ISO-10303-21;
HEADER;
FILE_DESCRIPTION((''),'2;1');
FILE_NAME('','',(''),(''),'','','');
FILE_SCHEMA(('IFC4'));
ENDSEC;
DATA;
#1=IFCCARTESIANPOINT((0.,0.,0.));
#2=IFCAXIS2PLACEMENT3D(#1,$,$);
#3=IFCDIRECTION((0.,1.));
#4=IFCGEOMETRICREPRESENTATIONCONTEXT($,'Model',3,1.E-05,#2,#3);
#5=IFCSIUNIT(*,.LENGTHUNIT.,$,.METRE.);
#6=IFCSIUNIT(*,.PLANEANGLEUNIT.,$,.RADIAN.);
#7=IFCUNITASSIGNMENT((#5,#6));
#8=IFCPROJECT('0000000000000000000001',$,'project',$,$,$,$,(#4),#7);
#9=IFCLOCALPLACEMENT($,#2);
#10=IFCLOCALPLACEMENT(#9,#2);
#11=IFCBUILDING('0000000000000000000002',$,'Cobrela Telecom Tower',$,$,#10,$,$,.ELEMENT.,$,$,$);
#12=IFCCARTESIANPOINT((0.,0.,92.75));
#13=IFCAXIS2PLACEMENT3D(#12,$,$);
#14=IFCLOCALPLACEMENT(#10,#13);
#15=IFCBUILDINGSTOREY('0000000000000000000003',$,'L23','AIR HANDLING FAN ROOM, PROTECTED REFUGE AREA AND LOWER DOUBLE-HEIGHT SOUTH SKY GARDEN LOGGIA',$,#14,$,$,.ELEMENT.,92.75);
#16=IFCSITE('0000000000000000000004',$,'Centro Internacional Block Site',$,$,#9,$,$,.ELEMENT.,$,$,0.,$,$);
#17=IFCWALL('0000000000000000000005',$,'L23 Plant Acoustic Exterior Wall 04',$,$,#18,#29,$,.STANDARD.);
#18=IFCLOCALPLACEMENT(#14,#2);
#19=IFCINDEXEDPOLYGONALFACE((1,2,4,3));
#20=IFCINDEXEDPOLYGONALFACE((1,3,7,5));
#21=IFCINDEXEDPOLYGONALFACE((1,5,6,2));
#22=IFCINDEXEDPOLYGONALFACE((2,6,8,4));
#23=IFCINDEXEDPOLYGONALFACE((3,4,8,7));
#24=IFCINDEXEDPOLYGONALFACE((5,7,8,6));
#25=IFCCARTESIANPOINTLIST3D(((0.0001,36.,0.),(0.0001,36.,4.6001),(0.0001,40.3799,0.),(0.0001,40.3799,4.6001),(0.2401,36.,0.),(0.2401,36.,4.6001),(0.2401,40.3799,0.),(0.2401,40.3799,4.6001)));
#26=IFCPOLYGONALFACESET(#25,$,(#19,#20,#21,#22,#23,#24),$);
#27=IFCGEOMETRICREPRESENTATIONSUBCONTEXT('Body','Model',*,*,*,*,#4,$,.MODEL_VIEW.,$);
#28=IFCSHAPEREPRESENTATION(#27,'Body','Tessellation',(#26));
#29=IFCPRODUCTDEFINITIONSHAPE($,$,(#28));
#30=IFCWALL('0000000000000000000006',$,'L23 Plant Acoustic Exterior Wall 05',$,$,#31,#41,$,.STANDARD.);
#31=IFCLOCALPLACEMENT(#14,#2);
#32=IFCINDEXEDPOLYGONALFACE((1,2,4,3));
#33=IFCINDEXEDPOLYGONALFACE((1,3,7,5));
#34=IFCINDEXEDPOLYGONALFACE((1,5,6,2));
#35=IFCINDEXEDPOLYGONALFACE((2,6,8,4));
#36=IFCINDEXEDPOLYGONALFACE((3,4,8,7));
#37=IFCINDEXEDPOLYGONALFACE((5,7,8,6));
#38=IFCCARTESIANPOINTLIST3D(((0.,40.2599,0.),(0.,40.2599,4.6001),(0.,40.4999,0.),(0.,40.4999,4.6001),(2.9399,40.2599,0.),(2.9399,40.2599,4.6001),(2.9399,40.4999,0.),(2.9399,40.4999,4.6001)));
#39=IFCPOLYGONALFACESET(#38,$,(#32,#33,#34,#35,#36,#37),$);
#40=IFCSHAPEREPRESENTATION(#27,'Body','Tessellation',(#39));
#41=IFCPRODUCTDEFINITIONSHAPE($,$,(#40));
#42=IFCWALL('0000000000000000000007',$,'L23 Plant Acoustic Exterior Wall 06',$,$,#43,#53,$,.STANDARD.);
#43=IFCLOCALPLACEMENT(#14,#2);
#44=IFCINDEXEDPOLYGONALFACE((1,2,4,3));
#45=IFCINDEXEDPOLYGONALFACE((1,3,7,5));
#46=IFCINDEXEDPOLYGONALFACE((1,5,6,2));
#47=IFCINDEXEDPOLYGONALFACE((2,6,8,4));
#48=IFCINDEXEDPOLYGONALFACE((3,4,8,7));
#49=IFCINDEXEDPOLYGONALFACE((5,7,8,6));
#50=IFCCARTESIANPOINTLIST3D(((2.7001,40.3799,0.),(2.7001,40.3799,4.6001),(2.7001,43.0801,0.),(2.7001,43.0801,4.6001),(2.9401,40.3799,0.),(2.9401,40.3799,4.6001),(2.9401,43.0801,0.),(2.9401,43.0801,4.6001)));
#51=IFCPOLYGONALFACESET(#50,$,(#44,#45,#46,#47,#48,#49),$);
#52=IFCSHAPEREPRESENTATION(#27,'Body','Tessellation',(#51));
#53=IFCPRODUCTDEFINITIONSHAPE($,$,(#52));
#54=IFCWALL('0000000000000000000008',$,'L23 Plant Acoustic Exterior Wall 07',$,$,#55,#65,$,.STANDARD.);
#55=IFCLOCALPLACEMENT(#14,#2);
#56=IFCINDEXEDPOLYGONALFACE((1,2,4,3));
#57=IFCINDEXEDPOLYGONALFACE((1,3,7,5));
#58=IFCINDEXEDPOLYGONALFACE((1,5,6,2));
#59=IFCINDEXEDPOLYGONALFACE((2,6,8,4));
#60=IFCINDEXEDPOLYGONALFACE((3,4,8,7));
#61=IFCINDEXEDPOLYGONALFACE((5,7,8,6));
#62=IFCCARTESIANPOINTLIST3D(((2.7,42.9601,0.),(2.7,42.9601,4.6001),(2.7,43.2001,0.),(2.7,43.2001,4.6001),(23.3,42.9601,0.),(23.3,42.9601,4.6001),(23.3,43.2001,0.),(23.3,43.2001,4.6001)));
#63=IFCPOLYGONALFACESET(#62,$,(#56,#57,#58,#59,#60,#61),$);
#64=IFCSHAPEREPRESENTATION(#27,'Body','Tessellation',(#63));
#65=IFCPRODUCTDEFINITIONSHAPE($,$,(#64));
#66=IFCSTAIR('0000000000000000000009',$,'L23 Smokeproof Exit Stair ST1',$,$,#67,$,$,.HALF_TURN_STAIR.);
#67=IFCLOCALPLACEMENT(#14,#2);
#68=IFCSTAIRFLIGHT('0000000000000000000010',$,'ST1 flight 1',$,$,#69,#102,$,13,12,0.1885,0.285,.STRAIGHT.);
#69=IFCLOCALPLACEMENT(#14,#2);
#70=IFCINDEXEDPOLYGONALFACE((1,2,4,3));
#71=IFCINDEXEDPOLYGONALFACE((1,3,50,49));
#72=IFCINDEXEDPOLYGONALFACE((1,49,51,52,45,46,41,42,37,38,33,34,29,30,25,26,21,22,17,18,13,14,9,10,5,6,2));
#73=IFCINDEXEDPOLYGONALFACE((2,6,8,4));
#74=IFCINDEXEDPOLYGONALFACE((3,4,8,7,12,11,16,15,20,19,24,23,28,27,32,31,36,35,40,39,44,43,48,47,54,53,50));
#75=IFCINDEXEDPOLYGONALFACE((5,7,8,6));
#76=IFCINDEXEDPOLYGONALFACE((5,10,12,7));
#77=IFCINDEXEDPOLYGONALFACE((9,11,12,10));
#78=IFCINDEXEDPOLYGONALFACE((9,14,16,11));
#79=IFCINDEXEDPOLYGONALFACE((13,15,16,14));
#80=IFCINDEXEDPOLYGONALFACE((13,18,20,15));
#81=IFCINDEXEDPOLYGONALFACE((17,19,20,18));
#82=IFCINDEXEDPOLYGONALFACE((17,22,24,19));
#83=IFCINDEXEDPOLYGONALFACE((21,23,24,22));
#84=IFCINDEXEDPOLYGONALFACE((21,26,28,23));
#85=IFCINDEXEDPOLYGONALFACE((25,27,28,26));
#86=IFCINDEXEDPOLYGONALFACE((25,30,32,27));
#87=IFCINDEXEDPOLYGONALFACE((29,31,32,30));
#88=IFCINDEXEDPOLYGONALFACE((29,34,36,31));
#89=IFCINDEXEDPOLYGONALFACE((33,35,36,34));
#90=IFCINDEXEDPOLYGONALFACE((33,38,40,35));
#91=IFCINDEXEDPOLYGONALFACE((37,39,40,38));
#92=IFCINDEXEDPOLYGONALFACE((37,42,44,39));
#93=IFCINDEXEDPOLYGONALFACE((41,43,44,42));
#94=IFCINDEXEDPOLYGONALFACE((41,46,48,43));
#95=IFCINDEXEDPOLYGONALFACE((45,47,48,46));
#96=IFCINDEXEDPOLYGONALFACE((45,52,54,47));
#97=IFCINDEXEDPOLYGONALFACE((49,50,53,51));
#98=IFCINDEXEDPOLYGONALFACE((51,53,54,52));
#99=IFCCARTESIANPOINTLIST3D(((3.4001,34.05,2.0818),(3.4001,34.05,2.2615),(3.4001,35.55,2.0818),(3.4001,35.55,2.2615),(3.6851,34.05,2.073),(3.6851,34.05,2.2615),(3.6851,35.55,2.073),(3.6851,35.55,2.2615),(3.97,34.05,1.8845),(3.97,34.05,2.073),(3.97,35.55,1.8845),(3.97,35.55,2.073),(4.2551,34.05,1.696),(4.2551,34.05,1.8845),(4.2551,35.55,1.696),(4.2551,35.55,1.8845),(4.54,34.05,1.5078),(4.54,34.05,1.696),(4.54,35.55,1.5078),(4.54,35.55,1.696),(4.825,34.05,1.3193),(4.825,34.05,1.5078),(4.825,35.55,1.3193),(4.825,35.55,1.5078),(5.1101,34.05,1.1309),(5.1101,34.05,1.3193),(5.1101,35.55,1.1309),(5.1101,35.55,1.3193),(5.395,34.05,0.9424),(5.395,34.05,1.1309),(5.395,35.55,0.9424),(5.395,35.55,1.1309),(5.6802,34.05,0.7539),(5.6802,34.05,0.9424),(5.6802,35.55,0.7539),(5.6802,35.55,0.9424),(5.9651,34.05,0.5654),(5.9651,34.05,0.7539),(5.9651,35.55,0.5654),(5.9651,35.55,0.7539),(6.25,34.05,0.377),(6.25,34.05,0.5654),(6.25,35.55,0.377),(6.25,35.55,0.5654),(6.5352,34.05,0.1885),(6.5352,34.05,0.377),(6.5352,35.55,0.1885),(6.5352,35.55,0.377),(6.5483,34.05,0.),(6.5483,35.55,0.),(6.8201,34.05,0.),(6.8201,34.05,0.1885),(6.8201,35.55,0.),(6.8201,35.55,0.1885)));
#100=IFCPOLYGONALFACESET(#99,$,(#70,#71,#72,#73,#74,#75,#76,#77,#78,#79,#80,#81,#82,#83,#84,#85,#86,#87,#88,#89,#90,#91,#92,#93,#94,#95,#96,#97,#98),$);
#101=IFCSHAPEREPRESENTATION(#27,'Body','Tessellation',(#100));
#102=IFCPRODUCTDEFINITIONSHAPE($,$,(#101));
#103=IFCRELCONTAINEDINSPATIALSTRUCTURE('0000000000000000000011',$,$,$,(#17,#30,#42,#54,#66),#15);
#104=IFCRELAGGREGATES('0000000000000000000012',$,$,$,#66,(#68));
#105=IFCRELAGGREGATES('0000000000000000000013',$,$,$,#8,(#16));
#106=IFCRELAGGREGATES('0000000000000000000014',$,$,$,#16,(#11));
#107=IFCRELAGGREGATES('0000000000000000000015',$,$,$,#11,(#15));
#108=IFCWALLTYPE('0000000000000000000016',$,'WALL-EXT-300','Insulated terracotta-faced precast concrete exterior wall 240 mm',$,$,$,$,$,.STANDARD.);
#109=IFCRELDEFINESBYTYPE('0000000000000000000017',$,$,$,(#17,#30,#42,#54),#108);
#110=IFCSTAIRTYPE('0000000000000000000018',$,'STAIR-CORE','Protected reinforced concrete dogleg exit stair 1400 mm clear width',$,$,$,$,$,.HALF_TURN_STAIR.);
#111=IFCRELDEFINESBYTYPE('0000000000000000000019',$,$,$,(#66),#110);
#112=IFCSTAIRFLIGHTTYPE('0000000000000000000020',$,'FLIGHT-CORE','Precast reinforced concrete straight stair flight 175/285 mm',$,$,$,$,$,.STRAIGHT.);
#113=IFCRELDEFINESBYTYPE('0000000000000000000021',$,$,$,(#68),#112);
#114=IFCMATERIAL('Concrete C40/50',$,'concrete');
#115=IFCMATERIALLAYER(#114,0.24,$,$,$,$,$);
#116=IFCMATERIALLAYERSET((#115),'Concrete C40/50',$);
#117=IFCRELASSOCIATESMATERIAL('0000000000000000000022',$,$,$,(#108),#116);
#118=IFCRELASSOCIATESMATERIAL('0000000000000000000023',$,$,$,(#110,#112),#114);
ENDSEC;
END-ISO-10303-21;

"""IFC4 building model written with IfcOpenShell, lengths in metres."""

from ifc_helpers import new_model, si_unit, direction, frame, frame_2d, origin, place, context, subcontext, project, spatial, polyline, rectangle, outline, extrude, material, layer, layer_set, type_object, element, aggregate, save


model = new_model("IFC4")

# Units and contexts
model_context = context("Model", 3, precision=1e-05, world=origin(), true_north=direction((0.0, 1.0)))
body_context = subcontext(model_context, "Body", "Model", "MODEL_VIEW")
ifc_project = project(units=[si_unit("LENGTHUNIT", "METRE"), si_unit("PLANEANGLEUNIT", "RADIAN")], contexts=[model_context])

# Site, building, storey
site_placement = place(None, origin())
site = spatial("IfcSite", under=ifc_project, at=site_placement, Name="Centro Internacional Block Site", CompositionType="ELEMENT", RefElevation=0.0)
building_placement = place(site_placement, origin())
building = spatial("IfcBuilding", under=site, at=building_placement, Name="Cobrela Telecom Tower", CompositionType="ELEMENT")
storey_placement = place(building_placement, frame((0.0, 0.0, 92.75)))
storey = spatial("IfcBuildingStorey", under=building, at=storey_placement, Name="L23", Description="AIR HANDLING FAN ROOM, PROTECTED REFUGE AREA AND LOWER DOUBLE-HEIGHT SOUTH SKY GARDEN LOGGIA", CompositionType="ELEMENT", Elevation=92.75)

# Walls
ifc_material_1 = material(Name="Concrete C40/50", Category="concrete")
ifc_layer_1 = layer(ifc_material_1, 0.24)
ifc_layer_set_1 = layer_set([ifc_layer_1], Name="Concrete C40/50")
wall_type_1 = type_object("IfcWallType", Name="WALL-EXT-300", Description="Insulated terracotta-faced precast concrete exterior wall 240 mm", PredefinedType="STANDARD", material=ifc_layer_set_1)
wall_1_placement = place(storey_placement, frame((0.1201, 36.0, 0.0), z_axis=(0.0, 0.0, 1.0), x_axis=(0.0, 1.0, 0.0)))
element("IfcWall", 1, at=wall_1_placement, inside=storey, type_object=wall_type_1, Name="L23 Plant Acoustic Exterior Wall 04", PredefinedType="STANDARD", context=body_context, shape_type="SweptSolid", body=[
    extrude(rectangle(XDim=4.3799, YDim=0.24, at=frame_2d((2.1899, 0.0))), origin(), (0.0, 0.0, 1.0), 4.6001),
])
wall_2_placement = place(storey_placement, frame((0.0, 40.3799, 0.0), z_axis=(0.0, 0.0, 1.0), x_axis=(1.0, 0.0, 0.0)))
element("IfcWall", 2, at=wall_2_placement, inside=storey, type_object=wall_type_1, Name="L23 Plant Acoustic Exterior Wall 05", PredefinedType="STANDARD", context=body_context, shape_type="SweptSolid", body=[
    extrude(rectangle(XDim=2.9399, YDim=0.24, at=frame_2d((1.47, 0.0))), origin(), (0.0, 0.0, 1.0), 4.6001),
])
wall_3_placement = place(storey_placement, frame((2.8201, 40.3799, 0.0), z_axis=(0.0, 0.0, 1.0), x_axis=(0.0, 1.0, 0.0)))
element("IfcWall", 3, at=wall_3_placement, inside=storey, type_object=wall_type_1, Name="L23 Plant Acoustic Exterior Wall 06", PredefinedType="STANDARD", context=body_context, shape_type="SweptSolid", body=[
    extrude(rectangle(XDim=2.7002, YDim=0.24, at=frame_2d((1.3501, 0.0))), origin(), (0.0, 0.0, 1.0), 4.6001),
])
wall_4_placement = place(storey_placement, frame((2.7, 43.0801, 0.0), z_axis=(0.0, 0.0, 1.0), x_axis=(1.0, 0.0, 0.0)))
element("IfcWall", 4, at=wall_4_placement, inside=storey, type_object=wall_type_1, Name="L23 Plant Acoustic Exterior Wall 07", PredefinedType="STANDARD", context=body_context, shape_type="SweptSolid", body=[
    extrude(rectangle(XDim=20.6001, YDim=0.24, at=frame_2d((10.3, 0.0))), origin(), (0.0, 0.0, 1.0), 4.6001),
])

# Stair, stair flight
stair_type = type_object("IfcStairType", Name="STAIR-CORE", Description="Protected reinforced concrete dogleg exit stair 1400 mm clear width", PredefinedType="HALF_TURN_STAIR", material=ifc_material_1)
stair_placement = place(storey_placement, origin())
stair = element("IfcStair", 5, at=stair_placement, inside=storey, type_object=stair_type, Name="L23 Smokeproof Exit Stair ST1", PredefinedType="HALF_TURN_STAIR")
stair_flight_type = type_object("IfcStairFlightType", Name="FLIGHT-CORE", Description="Precast reinforced concrete straight stair flight 175/285 mm", PredefinedType="STRAIGHT", material=ifc_material_1)
stair_flight_placement = place(storey_placement, frame((6.8201, 34.8, 0.0), z_axis=(0.0, 0.0, 1.0), x_axis=(-1.0, 0.0, 0.0)))
stair_flight = element("IfcStairFlight", 6, at=stair_flight_placement, type_object=stair_flight_type, Name="ST1 flight 1", NumberOfRisers=13, NumberOfTreads=12, PredefinedType="STRAIGHT", RiserHeight=0.1885, TreadLength=0.285, context=body_context, shape_type="SweptSolid", body=[
    extrude(outline(polyline([(0.0, 0.0), (0.0, 0.1885), (0.2849, 0.1885), (0.2849, 0.377), (0.5701, 0.377), (0.5701, 0.5654), (0.855, 0.5654), (0.855, 0.7539), (1.1399, 0.7539), (1.1399, 0.9424), (1.425, 0.9424), (1.425, 1.1309), (1.71, 1.1309), (1.71, 1.3193), (1.9951, 1.3193), (1.9951, 1.5078), (2.28, 1.5078), (2.28, 1.696), (2.5649, 1.696), (2.5649, 1.8845), (2.8501, 1.8845), (2.8501, 2.073), (3.135, 2.073), (3.135, 2.2615), (3.4199, 2.2615), (3.4199, 2.45), (3.4199, 2.0818), (0.2717, 0.0), (0.0, 0.0)])), frame((0.0, 0.75, 0.0), z_axis=(0.0, -1.0, 0.0), x_axis=(1.0, 0.0, 0.0)), (0.0, 0.0, 1.0), 1.5),
])
aggregate(stair, [stair_flight])

save(model, "model.ifc")
